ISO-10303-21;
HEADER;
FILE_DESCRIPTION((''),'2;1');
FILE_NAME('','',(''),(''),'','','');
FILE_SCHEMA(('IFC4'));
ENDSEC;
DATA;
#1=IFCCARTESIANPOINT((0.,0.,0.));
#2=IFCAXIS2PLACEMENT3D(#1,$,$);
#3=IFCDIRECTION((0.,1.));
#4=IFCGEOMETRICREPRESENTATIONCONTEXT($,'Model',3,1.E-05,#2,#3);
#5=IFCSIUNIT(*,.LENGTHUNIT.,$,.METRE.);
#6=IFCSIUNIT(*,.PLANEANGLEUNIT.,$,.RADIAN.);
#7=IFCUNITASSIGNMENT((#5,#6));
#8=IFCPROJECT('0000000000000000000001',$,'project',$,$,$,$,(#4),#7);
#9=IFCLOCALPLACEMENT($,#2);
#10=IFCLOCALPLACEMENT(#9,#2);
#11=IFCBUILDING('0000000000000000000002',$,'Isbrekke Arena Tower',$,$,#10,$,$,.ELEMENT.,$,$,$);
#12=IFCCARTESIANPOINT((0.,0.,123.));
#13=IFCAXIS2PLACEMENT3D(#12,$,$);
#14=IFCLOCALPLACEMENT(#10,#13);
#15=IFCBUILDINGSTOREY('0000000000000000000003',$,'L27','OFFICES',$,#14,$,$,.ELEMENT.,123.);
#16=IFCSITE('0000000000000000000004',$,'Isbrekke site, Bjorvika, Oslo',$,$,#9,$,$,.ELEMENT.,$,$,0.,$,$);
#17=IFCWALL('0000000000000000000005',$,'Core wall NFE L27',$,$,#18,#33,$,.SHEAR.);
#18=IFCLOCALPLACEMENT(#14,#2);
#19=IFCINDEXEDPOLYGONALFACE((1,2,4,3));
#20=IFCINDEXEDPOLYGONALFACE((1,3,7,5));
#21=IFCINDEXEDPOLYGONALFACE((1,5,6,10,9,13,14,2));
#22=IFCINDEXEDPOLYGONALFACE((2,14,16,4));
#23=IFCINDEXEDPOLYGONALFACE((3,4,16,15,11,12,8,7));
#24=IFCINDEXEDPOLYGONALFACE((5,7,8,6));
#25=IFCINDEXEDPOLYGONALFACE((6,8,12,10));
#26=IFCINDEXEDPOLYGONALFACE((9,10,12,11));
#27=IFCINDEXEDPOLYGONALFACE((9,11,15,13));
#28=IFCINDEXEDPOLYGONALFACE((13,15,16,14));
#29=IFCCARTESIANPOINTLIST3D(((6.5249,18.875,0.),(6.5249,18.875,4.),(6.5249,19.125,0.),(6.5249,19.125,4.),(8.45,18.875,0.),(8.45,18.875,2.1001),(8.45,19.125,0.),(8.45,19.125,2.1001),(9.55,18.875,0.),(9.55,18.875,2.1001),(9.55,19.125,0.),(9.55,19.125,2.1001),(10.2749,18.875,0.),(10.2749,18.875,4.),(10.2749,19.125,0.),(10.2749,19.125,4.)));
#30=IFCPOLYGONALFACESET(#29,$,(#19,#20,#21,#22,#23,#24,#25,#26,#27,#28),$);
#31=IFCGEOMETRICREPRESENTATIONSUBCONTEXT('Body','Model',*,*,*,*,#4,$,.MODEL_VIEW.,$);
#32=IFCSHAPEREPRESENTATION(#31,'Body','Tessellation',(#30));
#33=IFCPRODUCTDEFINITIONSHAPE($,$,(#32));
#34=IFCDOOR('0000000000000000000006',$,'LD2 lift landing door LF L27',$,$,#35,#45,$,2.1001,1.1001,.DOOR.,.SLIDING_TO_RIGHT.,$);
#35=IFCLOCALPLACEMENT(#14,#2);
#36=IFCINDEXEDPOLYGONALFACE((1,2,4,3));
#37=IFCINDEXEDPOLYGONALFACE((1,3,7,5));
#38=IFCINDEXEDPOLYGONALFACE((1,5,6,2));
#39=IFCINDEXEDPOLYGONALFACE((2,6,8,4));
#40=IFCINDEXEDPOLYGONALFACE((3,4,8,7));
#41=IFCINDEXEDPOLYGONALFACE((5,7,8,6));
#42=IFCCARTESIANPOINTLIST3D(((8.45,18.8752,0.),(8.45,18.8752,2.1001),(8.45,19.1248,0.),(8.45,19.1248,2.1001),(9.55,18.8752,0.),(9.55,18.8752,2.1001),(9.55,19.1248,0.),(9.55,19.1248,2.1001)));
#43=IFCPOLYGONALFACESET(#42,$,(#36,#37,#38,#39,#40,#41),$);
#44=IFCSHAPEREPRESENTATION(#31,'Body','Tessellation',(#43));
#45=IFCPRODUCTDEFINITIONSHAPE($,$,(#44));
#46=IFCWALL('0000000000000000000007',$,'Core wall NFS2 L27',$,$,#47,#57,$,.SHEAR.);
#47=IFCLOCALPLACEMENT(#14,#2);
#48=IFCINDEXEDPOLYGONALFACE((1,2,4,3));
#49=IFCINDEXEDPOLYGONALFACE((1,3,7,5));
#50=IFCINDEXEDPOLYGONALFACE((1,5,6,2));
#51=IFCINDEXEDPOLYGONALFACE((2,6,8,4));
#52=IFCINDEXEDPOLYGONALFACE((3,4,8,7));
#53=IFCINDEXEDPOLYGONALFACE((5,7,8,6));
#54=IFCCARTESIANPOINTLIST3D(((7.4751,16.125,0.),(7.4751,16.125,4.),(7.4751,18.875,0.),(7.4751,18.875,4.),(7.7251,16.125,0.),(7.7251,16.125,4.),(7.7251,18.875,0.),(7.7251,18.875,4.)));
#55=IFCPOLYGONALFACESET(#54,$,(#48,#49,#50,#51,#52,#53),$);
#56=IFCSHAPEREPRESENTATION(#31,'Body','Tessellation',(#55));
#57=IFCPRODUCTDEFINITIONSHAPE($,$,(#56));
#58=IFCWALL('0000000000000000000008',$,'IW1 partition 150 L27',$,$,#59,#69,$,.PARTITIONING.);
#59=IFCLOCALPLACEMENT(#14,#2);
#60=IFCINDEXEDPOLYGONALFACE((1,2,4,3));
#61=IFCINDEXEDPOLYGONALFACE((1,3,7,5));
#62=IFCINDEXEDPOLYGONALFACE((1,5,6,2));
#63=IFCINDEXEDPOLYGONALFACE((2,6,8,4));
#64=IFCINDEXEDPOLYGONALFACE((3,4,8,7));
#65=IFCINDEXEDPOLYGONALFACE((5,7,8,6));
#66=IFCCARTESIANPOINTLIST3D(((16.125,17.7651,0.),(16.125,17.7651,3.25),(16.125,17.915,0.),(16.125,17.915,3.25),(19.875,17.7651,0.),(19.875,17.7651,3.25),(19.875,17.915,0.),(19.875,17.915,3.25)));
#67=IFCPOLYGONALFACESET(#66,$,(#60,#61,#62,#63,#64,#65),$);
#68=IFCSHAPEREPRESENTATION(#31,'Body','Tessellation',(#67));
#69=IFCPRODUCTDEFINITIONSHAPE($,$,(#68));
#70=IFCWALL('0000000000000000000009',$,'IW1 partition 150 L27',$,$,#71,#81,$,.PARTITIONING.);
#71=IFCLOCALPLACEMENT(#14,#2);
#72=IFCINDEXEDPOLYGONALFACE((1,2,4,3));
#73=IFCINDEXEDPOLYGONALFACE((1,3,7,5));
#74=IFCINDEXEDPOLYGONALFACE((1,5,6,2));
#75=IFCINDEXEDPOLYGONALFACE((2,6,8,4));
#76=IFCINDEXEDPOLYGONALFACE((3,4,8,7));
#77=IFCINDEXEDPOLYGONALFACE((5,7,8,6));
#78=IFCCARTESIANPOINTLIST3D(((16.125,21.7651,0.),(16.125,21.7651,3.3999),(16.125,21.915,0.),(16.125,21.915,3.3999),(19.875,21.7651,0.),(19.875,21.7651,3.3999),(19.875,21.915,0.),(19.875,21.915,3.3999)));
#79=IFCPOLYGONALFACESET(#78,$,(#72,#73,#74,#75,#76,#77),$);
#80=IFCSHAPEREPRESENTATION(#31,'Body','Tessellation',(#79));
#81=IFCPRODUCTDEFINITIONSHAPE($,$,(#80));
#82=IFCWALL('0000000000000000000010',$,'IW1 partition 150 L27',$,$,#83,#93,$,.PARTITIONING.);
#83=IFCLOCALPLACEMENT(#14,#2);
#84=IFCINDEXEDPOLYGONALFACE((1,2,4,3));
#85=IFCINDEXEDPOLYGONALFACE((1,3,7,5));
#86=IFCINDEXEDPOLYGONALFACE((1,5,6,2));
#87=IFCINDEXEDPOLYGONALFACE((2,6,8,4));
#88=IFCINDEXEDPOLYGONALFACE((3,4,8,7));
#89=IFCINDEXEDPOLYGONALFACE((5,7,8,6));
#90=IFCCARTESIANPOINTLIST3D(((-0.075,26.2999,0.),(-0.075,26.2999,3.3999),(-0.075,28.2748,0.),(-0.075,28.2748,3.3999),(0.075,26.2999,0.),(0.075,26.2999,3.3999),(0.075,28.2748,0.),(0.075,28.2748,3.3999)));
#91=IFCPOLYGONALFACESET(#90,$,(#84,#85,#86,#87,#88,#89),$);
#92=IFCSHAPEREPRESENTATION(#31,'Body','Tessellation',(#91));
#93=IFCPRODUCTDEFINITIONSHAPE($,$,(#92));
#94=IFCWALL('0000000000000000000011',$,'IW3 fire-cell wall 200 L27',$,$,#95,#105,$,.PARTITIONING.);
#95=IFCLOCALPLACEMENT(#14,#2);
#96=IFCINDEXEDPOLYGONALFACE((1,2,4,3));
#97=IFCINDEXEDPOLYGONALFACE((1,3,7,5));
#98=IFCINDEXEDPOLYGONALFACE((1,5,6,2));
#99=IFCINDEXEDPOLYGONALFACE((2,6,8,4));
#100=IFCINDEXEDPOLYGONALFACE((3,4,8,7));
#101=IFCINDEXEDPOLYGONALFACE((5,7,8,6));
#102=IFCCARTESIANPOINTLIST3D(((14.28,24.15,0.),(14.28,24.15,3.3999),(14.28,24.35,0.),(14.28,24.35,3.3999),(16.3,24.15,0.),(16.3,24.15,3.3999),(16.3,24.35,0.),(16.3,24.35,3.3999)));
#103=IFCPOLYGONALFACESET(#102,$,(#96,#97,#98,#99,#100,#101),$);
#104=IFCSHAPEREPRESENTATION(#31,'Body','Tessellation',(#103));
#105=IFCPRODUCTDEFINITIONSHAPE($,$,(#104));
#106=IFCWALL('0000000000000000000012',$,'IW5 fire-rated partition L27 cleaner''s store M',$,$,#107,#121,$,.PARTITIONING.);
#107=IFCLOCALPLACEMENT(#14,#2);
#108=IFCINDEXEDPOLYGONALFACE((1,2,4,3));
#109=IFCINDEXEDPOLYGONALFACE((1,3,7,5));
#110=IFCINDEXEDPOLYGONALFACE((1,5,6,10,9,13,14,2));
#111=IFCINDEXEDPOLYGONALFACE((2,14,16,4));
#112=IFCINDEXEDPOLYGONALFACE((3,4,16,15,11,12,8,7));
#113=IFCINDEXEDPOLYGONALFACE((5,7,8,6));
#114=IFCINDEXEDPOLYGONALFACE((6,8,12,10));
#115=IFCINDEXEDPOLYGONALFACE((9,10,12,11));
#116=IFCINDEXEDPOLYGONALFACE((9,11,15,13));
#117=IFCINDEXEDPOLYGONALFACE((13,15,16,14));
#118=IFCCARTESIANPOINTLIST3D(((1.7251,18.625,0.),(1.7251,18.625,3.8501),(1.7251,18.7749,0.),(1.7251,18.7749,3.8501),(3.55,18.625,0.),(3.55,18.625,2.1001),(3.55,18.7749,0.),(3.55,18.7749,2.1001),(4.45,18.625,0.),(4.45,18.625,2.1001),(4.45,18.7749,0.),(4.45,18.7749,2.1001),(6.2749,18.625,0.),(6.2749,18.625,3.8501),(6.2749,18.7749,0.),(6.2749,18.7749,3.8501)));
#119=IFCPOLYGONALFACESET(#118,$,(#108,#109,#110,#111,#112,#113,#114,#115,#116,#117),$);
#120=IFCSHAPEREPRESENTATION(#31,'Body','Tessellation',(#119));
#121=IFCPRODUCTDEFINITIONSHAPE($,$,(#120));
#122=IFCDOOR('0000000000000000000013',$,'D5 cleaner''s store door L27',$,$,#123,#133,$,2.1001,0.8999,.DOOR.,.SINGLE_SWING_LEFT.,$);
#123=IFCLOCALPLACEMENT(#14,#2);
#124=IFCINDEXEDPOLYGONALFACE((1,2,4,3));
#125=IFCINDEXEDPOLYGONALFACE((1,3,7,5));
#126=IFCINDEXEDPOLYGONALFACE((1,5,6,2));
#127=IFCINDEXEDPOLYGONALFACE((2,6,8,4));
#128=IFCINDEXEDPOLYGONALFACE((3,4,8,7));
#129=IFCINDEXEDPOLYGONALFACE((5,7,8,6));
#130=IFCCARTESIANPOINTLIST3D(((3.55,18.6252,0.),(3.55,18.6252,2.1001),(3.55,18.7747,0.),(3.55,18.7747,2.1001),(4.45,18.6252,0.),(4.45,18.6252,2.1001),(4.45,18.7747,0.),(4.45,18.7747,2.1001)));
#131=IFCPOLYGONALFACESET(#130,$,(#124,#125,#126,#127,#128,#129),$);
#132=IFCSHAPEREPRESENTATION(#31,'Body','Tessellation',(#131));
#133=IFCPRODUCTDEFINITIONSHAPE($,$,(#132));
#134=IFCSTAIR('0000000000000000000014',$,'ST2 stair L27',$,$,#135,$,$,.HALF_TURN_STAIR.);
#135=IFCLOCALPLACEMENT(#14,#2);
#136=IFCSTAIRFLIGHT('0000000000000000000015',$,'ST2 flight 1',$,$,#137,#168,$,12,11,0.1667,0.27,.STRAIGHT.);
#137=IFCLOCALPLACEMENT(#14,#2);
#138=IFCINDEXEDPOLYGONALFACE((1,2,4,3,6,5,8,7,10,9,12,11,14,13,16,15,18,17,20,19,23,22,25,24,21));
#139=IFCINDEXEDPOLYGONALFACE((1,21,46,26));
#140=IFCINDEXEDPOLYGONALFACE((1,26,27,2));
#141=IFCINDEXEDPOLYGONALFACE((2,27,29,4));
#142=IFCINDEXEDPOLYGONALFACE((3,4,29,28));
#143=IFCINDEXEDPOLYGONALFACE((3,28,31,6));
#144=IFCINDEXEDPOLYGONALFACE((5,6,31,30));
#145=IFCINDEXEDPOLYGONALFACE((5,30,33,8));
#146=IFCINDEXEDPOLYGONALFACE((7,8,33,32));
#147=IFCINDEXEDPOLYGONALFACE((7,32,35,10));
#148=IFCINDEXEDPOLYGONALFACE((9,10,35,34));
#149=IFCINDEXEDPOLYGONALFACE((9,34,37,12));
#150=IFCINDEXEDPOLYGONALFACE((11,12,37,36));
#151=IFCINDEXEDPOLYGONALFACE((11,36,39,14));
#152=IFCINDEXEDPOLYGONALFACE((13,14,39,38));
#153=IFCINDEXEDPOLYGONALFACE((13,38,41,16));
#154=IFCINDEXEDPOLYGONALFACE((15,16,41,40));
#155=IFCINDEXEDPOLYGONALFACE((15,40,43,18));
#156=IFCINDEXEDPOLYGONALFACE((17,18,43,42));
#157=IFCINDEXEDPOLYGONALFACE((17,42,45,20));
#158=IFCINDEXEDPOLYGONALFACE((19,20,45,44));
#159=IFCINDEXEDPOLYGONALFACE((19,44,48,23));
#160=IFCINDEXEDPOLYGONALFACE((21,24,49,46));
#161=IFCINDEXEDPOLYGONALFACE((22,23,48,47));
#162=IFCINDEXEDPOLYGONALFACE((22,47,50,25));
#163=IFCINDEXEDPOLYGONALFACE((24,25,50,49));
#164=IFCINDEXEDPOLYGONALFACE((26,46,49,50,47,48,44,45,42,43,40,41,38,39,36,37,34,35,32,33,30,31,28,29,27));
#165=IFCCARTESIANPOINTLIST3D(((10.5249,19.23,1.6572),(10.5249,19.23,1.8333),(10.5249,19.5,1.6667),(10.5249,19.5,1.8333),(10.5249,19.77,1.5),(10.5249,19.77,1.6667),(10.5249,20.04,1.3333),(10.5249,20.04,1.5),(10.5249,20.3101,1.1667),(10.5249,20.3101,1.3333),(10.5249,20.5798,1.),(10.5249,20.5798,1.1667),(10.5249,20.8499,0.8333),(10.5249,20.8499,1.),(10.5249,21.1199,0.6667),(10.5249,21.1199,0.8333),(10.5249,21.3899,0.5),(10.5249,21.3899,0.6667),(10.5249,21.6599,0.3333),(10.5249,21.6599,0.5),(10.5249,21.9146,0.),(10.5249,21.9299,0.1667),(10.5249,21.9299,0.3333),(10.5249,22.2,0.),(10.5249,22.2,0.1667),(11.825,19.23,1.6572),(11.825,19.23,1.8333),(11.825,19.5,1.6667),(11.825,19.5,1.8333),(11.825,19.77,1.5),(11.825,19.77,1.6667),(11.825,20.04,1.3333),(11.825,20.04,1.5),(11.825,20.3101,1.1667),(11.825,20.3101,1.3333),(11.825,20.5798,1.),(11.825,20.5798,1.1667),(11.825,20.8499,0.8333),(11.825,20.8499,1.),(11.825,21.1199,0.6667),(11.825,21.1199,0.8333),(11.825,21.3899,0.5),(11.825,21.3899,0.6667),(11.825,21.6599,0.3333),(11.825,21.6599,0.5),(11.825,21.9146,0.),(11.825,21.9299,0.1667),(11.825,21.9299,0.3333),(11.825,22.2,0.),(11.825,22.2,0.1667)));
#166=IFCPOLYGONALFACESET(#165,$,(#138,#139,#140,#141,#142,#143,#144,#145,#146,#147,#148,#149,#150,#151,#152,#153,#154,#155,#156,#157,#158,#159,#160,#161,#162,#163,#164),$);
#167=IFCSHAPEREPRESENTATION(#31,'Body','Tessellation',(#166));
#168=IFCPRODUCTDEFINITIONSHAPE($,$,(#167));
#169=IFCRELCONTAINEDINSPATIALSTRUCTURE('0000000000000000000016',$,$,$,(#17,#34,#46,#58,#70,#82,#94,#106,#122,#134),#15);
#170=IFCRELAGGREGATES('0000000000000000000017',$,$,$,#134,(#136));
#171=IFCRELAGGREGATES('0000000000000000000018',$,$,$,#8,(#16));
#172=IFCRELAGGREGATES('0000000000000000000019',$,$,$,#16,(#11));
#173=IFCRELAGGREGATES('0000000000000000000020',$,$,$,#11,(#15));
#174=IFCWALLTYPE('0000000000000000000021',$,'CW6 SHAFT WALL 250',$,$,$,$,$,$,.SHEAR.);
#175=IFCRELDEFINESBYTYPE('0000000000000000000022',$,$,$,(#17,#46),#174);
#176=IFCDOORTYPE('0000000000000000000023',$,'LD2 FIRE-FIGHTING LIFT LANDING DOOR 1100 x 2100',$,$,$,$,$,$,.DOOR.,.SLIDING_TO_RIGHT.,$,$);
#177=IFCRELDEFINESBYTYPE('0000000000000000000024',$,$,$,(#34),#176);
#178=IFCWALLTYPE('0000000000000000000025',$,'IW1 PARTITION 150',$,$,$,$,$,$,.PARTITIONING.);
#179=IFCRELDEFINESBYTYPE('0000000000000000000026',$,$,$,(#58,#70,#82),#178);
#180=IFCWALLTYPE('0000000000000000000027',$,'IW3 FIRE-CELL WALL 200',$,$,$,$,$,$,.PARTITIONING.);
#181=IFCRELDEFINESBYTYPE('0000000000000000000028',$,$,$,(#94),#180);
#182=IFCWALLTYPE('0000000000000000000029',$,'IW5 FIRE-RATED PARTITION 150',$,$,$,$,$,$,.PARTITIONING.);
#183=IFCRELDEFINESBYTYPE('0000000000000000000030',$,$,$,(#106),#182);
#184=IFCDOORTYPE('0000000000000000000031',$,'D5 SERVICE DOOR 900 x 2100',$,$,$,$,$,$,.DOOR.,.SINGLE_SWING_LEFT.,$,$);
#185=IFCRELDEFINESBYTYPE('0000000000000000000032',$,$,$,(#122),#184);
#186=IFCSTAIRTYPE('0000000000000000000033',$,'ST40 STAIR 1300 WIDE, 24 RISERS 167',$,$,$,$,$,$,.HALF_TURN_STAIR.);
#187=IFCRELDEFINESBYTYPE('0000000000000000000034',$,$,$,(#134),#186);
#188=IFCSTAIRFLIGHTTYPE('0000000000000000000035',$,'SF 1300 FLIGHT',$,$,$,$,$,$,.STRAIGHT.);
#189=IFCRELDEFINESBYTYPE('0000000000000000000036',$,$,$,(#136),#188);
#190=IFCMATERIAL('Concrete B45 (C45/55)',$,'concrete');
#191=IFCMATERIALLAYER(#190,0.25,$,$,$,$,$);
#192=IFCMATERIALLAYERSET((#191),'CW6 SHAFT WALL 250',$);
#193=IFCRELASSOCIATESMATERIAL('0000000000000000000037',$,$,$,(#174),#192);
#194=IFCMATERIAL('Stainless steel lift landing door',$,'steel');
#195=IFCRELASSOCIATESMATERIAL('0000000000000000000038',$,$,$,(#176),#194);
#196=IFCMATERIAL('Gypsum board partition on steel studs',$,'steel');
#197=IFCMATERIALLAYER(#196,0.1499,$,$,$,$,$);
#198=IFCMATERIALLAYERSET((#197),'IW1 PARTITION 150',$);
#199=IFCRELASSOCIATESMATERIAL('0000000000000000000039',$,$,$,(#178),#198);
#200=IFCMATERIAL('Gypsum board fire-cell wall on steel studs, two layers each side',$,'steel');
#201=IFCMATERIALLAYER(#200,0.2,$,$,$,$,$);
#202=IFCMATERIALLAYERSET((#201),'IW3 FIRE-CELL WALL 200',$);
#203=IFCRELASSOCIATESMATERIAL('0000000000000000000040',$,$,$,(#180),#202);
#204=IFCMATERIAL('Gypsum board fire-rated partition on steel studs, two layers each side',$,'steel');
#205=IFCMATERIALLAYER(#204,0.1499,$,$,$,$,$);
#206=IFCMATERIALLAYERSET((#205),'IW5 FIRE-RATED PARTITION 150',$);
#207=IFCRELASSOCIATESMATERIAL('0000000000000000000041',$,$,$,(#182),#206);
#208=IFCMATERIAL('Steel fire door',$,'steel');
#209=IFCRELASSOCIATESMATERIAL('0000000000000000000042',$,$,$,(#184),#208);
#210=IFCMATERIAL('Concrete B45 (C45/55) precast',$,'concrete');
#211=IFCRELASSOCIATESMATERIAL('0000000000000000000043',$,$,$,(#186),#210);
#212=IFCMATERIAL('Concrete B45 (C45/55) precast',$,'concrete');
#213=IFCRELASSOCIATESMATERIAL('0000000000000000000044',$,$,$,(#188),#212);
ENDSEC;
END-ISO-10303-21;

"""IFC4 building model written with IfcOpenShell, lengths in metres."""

from ifc_helpers import new_model, si_unit, direction, frame, frame_2d, origin, place, context, subcontext, project, spatial, polyline, rectangle, outline, extrude, material, layer, layer_set, type_object, element, fill, aggregate, save


model = new_model("IFC4")

# Units and contexts
model_context = context("Model", 3, precision=1e-05, world=origin(), true_north=direction((0.0, 1.0)))
body_context = subcontext(model_context, "Body", "Model", "MODEL_VIEW")
ifc_project = project(units=[si_unit("LENGTHUNIT", "METRE"), si_unit("PLANEANGLEUNIT", "RADIAN")], contexts=[model_context])

# Site, building, storey
site_placement = place(None, origin())
site = spatial("IfcSite", under=ifc_project, at=site_placement, Name="Isbrekke site, Bjorvika, Oslo", CompositionType="ELEMENT", RefElevation=0.0)
building_placement = place(site_placement, origin())
building = spatial("IfcBuilding", under=site, at=building_placement, Name="Isbrekke Arena Tower", CompositionType="ELEMENT")
storey_placement = place(building_placement, frame((0.0, 0.0, 123.0)))
storey = spatial("IfcBuildingStorey", under=building, at=storey_placement, Name="L27", Description="OFFICES", CompositionType="ELEMENT", Elevation=123.0)

# Shared definitions
ifc_material_1 = material(Name="Concrete B45 (C45/55)", Category="concrete")
ifc_layer_1 = layer(ifc_material_1, 0.25)
ifc_layer_set_1 = layer_set([ifc_layer_1], Name="CW6 SHAFT WALL 250")
wall_type_1 = type_object("IfcWallType", Name="CW6 SHAFT WALL 250", PredefinedType="SHEAR", material=ifc_layer_set_1)

# Wall, opening, door
wall_1_placement = place(storey_placement, frame((6.5249, 19.0, 0.0), z_axis=(0.0, 0.0, 1.0), x_axis=(1.0, 0.0, 0.0)))
wall_1 = element("IfcWall", 1, at=wall_1_placement, inside=storey, type_object=wall_type_1, Name="Core wall NFE L27", PredefinedType="SHEAR", context=body_context, shape_type="SweptSolid", body=[
    extrude(rectangle(XDim=3.75, YDim=0.25, at=frame_2d((1.875, 0.0))), origin(), (0.0, 0.0, 1.0), 4.0),
])
opening_1_placement = place(wall_1_placement, frame((1.925, 0.0, 0.0)))
opening_1 = element("IfcOpeningElement", 2, at=opening_1_placement, cuts=wall_1, PredefinedType="OPENING", context=body_context, shape_type="SweptSolid", body=[
    extrude(rectangle(XDim=1.1001, YDim=2.1001, at=frame_2d((0.55, 1.05))), frame((0.0, 0.1399, 0.0), z_axis=(0.0, -1.0, 0.0), x_axis=(1.0, 0.0, 0.0)), (0.0, 0.0, 1.0), 0.2798),
])
ifc_material_2 = material(Name="Stainless steel lift landing door", Category="steel")
door_type_1 = type_object("IfcDoorType", Name="LD2 FIRE-FIGHTING LIFT LANDING DOOR 1100 x 2100", OperationType="SLIDING_TO_RIGHT", PredefinedType="DOOR", material=ifc_material_2)
door_1_placement = place(opening_1_placement, origin())
door_1 = element("IfcDoor", 3, at=door_1_placement, inside=storey, type_object=door_type_1, Name="LD2 lift landing door LF L27", OperationType="SLIDING_TO_RIGHT", OverallHeight=2.1001, OverallWidth=1.1001, PredefinedType="DOOR", context=body_context, shape_type="SweptSolid", body=[
    extrude(rectangle(XDim=1.1001, YDim=2.1001, at=frame_2d((0.55, 1.05))), frame((0.0, 0.1248, 0.0), z_axis=(0.0, -1.0, 0.0), x_axis=(1.0, 0.0, 0.0)), (0.0, 0.0, 1.0), 0.2495),
])
fill(opening_1, door_1)

# Walls
wall_2_placement = place(storey_placement, frame((7.6001, 16.125, 0.0), z_axis=(0.0, 0.0, 1.0), x_axis=(0.0, 1.0, 0.0)))
element("IfcWall", 4, at=wall_2_placement, inside=storey, type_object=wall_type_1, Name="Core wall NFS2 L27", PredefinedType="SHEAR", context=body_context, shape_type="SweptSolid", body=[
    extrude(rectangle(XDim=2.75, YDim=0.25, at=frame_2d((1.375, 0.0))), origin(), (0.0, 0.0, 1.0), 4.0),
])
ifc_material_3 = material(Name="Gypsum board partition on steel studs", Category="steel")
ifc_layer_2 = layer(ifc_material_3, 0.1499)
ifc_layer_set_2 = layer_set([ifc_layer_2], Name="IW1 PARTITION 150")
wall_type_2 = type_object("IfcWallType", Name="IW1 PARTITION 150", PredefinedType="PARTITIONING", material=ifc_layer_set_2)
wall_3_placement = place(storey_placement, frame((16.125, 17.8401, 0.0), z_axis=(0.0, 0.0, 1.0), x_axis=(1.0, 0.0, 0.0)))
element("IfcWall", 5, at=wall_3_placement, inside=storey, type_object=wall_type_2, Name="IW1 partition 150 L27", PredefinedType="PARTITIONING", context=body_context, shape_type="SweptSolid", body=[
    extrude(rectangle(XDim=3.75, YDim=0.1499, at=frame_2d((1.875, 0.0))), origin(), (0.0, 0.0, 1.0), 3.25),
])
wall_4_placement = place(storey_placement, frame((16.125, 21.8401, 0.0), z_axis=(0.0, 0.0, 1.0), x_axis=(1.0, 0.0, 0.0)))
element("IfcWall", 6, at=wall_4_placement, inside=storey, type_object=wall_type_2, Name="IW1 partition 150 L27", PredefinedType="PARTITIONING", context=body_context, shape_type="SweptSolid", body=[
    extrude(rectangle(XDim=3.75, YDim=0.1499, at=frame_2d((1.875, 0.0))), origin(), (0.0, 0.0, 1.0), 3.3999),
])
wall_5_placement = place(storey_placement, frame((0.0, 26.3, 0.0), z_axis=(0.0, 0.0, 1.0), x_axis=(0.0, 1.0, 0.0)))
element("IfcWall", 7, at=wall_5_placement, inside=storey, type_object=wall_type_2, Name="IW1 partition 150 L27", PredefinedType="PARTITIONING", context=body_context, shape_type="SweptSolid", body=[
    extrude(rectangle(XDim=1.9749, YDim=0.1499, at=frame_2d((0.9873, 0.0))), origin(), (0.0, 0.0, 1.0), 3.3999),
])
ifc_material_4 = material(Name="Gypsum board fire-cell wall on steel studs, two layers each side", Category="steel")
ifc_layer_3 = layer(ifc_material_4, 0.2)
ifc_layer_set_3 = layer_set([ifc_layer_3], Name="IW3 FIRE-CELL WALL 200")
wall_type_3 = type_object("IfcWallType", Name="IW3 FIRE-CELL WALL 200", PredefinedType="PARTITIONING", material=ifc_layer_set_3)
wall_6_placement = place(storey_placement, frame((14.28, 24.25, 0.0), z_axis=(0.0, 0.0, 1.0), x_axis=(1.0, 0.0, 0.0)))
element("IfcWall", 8, at=wall_6_placement, inside=storey, type_object=wall_type_3, Name="IW3 fire-cell wall 200 L27", PredefinedType="PARTITIONING", context=body_context, shape_type="SweptSolid", body=[
    extrude(rectangle(XDim=2.02, YDim=0.2, at=frame_2d((1.01, 0.0))), origin(), (0.0, 0.0, 1.0), 3.3999),
])

# Wall, opening, door
ifc_material_5 = material(Name="Gypsum board fire-rated partition on steel studs, two layers each side", Category="steel")
ifc_layer_4 = layer(ifc_material_5, 0.1499)
ifc_layer_set_4 = layer_set([ifc_layer_4], Name="IW5 FIRE-RATED PARTITION 150")
wall_type_4 = type_object("IfcWallType", Name="IW5 FIRE-RATED PARTITION 150", PredefinedType="PARTITIONING", material=ifc_layer_set_4)
wall_7_placement = place(storey_placement, frame((1.7251, 18.7, 0.0), z_axis=(0.0, 0.0, 1.0), x_axis=(1.0, 0.0, 0.0)))
wall_7 = element("IfcWall", 9, at=wall_7_placement, inside=storey, type_object=wall_type_4, Name="IW5 fire-rated partition L27 cleaner's store M", PredefinedType="PARTITIONING", context=body_context, shape_type="SweptSolid", body=[
    extrude(rectangle(XDim=4.5498, YDim=0.1499, at=frame_2d((2.2749, 0.0))), origin(), (0.0, 0.0, 1.0), 3.8501),
])
opening_2_placement = place(wall_7_placement, frame((1.825, 0.0, 0.0)))
opening_2 = element("IfcOpeningElement", 10, at=opening_2_placement, cuts=wall_7, PredefinedType="OPENING", context=body_context, shape_type="SweptSolid", body=[
    extrude(rectangle(XDim=0.8999, YDim=2.1001, at=frame_2d((0.45, 1.05))), frame((0.0, 0.0898, 0.0), z_axis=(0.0, -1.0, 0.0), x_axis=(1.0, 0.0, 0.0)), (0.0, 0.0, 1.0), 0.1797),
])
ifc_material_6 = material(Name="Steel fire door", Category="steel")
door_type_2 = type_object("IfcDoorType", Name="D5 SERVICE DOOR 900 x 2100", OperationType="SINGLE_SWING_LEFT", PredefinedType="DOOR", material=ifc_material_6)
door_2_placement = place(opening_2_placement, origin())
door_2 = element("IfcDoor", 11, at=door_2_placement, inside=storey, type_object=door_type_2, Name="D5 cleaner's store door L27", OperationType="SINGLE_SWING_LEFT", OverallHeight=2.1001, OverallWidth=0.8999, PredefinedType="DOOR", context=body_context, shape_type="SweptSolid", body=[
    extrude(rectangle(XDim=0.8999, YDim=2.1001, at=frame_2d((0.45, 1.05))), frame((0.0, 0.0747, 0.0), z_axis=(0.0, -1.0, 0.0), x_axis=(1.0, 0.0, 0.0)), (0.0, 0.0, 1.0), 0.1494),
])
fill(opening_2, door_2)

# Stair, stair flight
ifc_material_7 = material(Name="Concrete B45 (C45/55) precast", Category="concrete")
stair_type = type_object("IfcStairType", Name="ST40 STAIR 1300 WIDE, 24 RISERS 167", PredefinedType="HALF_TURN_STAIR", material=ifc_material_7)
stair_placement = place(storey_placement, origin())
stair = element("IfcStair", 12, at=stair_placement, inside=storey, type_object=stair_type, Name="ST2 stair L27", PredefinedType="HALF_TURN_STAIR")
ifc_material_8 = material(Name="Concrete B45 (C45/55) precast", Category="concrete")
stair_flight_type = type_object("IfcStairFlightType", Name="SF 1300 FLIGHT", PredefinedType="STRAIGHT", material=ifc_material_8)
stair_flight_1_placement = place(storey_placement, frame((11.175, 22.2, 0.0), z_axis=(0.0, 0.0, 1.0), x_axis=(0.0, -1.0, 0.0)))
stair_flight_1 = element("IfcStairFlight", 13, at=stair_flight_1_placement, type_object=stair_flight_type, Name="ST2 flight 1", NumberOfRisers=12, NumberOfTreads=11, PredefinedType="STRAIGHT", RiserHeight=0.1667, TreadLength=0.27, context=body_context, shape_type="SweptSolid", body=[
    extrude(outline(polyline([(0.0, 0.0), (0.0, 0.1667), (0.27, 0.1667), (0.27, 0.3333), (0.54, 0.3333), (0.54, 0.5), (0.8101, 0.5), (0.8101, 0.6667), (1.0801, 0.6667), (1.0801, 0.8333), (1.3501, 0.8333), (1.3501, 1.0), (1.6201, 1.0), (1.6201, 1.1667), (1.8899, 1.1667), (1.8899, 1.3333), (2.1599, 1.3333), (2.1599, 1.5), (2.4299, 1.5), (2.4299, 1.6667), (2.7, 1.6667), (2.7, 1.8333), (2.97, 1.8333), (2.97, 2.0), (2.97, 1.6572), (0.2854, 0.0), (0.0, 0.0)])), frame((0.0, 0.6499, 0.0), z_axis=(0.0, -1.0, 0.0), x_axis=(1.0, 0.0, 0.0)), (0.0, 0.0, 1.0), 1.3),
])
aggregate(stair, [stair_flight_1])

save(model, "model.ifc")
